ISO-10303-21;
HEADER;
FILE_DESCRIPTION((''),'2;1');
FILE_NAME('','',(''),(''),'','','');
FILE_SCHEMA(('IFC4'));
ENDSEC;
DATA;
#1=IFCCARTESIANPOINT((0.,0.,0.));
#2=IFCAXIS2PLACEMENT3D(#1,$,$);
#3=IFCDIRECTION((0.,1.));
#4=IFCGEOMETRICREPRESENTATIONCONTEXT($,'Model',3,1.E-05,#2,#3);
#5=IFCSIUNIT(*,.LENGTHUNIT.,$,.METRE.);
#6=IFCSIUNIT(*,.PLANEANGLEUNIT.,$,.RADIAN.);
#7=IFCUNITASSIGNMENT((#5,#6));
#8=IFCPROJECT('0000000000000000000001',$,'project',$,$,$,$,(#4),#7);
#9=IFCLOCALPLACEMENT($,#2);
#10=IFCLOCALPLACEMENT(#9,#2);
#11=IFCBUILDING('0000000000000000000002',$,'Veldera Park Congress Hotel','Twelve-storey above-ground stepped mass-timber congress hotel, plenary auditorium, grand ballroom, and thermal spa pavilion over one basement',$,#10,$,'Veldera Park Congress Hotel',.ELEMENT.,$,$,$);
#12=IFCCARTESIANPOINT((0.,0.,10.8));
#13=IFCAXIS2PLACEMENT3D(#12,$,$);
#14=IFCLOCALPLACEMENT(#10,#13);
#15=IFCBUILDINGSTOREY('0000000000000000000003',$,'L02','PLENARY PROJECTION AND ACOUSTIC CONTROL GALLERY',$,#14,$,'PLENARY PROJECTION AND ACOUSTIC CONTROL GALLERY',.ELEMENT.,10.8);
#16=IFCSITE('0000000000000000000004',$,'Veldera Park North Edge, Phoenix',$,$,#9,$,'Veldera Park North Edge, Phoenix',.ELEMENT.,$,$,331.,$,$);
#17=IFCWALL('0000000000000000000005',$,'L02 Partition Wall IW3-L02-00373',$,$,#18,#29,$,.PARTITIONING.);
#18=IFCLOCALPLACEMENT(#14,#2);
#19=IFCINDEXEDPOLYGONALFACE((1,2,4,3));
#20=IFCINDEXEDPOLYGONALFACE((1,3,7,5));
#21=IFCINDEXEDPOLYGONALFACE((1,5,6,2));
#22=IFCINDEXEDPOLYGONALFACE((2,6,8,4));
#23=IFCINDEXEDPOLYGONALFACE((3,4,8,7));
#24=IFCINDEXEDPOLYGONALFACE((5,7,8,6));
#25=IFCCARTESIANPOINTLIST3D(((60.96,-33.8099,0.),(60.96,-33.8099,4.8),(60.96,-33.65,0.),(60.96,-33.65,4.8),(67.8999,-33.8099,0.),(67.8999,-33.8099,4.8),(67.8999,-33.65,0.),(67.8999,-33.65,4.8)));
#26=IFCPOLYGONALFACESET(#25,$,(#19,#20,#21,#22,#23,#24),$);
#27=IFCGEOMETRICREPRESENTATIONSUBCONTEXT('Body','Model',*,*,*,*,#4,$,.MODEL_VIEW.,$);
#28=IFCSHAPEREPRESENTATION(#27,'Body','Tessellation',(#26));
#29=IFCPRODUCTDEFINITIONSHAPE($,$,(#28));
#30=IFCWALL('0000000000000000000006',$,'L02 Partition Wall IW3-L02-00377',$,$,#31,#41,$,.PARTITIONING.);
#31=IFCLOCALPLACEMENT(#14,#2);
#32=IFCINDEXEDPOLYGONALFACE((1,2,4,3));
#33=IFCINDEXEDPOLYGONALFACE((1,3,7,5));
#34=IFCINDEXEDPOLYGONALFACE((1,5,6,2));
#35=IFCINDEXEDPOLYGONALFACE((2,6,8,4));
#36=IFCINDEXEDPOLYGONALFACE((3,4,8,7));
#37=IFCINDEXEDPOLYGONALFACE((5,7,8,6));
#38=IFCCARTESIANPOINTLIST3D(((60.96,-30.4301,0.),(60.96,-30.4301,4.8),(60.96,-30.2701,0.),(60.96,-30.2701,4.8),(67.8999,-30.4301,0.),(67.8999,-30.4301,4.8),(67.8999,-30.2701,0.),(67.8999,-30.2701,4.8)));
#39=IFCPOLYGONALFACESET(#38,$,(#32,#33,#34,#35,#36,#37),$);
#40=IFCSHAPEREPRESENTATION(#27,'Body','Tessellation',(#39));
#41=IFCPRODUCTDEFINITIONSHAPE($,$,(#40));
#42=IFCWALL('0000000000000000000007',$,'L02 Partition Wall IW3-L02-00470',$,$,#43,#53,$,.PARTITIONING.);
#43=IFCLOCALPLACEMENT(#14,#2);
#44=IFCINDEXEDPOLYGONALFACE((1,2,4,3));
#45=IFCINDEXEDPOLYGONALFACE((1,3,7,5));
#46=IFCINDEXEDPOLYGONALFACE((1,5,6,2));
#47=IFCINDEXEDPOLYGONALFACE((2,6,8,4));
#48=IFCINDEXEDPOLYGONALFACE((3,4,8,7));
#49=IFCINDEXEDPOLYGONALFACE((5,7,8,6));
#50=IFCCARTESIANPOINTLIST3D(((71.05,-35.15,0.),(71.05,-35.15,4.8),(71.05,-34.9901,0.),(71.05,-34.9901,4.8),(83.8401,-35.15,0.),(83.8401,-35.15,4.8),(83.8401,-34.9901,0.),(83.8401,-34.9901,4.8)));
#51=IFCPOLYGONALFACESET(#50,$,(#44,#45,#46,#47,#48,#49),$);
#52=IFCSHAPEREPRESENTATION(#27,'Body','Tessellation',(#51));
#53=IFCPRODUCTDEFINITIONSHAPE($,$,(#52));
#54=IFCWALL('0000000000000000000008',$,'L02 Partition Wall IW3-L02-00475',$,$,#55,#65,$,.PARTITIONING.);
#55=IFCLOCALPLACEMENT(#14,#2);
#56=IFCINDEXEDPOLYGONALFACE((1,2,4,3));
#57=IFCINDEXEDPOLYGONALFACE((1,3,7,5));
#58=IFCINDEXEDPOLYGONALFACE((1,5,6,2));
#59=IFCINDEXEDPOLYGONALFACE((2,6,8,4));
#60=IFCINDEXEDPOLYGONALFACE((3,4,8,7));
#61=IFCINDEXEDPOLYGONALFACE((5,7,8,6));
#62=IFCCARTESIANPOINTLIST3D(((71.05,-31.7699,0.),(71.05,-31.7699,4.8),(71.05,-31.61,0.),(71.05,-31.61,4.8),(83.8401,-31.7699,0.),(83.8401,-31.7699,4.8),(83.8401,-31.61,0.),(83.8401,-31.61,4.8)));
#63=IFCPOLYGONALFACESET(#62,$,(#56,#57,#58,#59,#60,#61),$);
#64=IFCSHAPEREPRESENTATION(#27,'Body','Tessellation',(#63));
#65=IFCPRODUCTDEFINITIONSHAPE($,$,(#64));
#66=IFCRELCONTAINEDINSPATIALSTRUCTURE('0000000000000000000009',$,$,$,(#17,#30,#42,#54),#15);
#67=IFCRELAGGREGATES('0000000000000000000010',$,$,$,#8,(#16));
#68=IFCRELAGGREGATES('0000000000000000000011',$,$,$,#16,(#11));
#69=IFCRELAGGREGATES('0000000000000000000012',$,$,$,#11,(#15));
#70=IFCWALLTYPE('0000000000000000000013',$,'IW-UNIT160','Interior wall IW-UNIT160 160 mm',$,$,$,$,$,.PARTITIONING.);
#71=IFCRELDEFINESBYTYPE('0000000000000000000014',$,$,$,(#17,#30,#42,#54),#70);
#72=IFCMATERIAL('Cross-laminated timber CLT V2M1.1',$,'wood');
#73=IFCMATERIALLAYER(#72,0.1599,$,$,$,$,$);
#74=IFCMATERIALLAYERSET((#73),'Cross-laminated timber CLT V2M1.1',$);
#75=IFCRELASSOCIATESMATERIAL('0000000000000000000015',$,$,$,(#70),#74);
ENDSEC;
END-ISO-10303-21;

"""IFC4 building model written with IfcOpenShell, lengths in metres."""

from ifc_helpers import new_model, si_unit, direction, frame, frame_2d, origin, place, context, subcontext, project, spatial, rectangle, extrude, material, layer, layer_set, type_object, element, save


model = new_model("IFC4")

# Units and contexts
model_context = context("Model", 3, precision=1e-05, world=origin(), true_north=direction((0.0, 1.0)))
body_context = subcontext(model_context, "Body", "Model", "MODEL_VIEW")
ifc_project = project(units=[si_unit("LENGTHUNIT", "METRE"), si_unit("PLANEANGLEUNIT", "RADIAN")], contexts=[model_context])

# Site, building, storey
site_placement = place(None, origin())
site = spatial("IfcSite", under=ifc_project, at=site_placement, Name="Veldera Park North Edge, Phoenix", LongName="Veldera Park North Edge, Phoenix", CompositionType="ELEMENT", RefElevation=331.0)
building_placement = place(site_placement, origin())
building = spatial("IfcBuilding", under=site, at=building_placement, Name="Veldera Park Congress Hotel", Description="Twelve-storey above-ground stepped mass-timber congress hotel, plenary auditorium, grand ballroom, and thermal spa pavilion over one basement", LongName="Veldera Park Congress Hotel", CompositionType="ELEMENT")
storey_placement = place(building_placement, frame((0.0, 0.0, 10.8)))
storey = spatial("IfcBuildingStorey", under=building, at=storey_placement, Name="L02", Description="PLENARY PROJECTION AND ACOUSTIC CONTROL GALLERY", LongName="PLENARY PROJECTION AND ACOUSTIC CONTROL GALLERY", CompositionType="ELEMENT", Elevation=10.8)

# Shared definitions
ifc_material_1 = material(Name="Cross-laminated timber CLT V2M1.1", Category="wood")

# Walls
ifc_layer_1 = layer(ifc_material_1, 0.1599)
ifc_layer_set_1 = layer_set([ifc_layer_1], Name="Cross-laminated timber CLT V2M1.1")
wall_type_1 = type_object("IfcWallType", Name="IW-UNIT160", Description="Interior wall IW-UNIT160 160 mm", PredefinedType="PARTITIONING", material=ifc_layer_set_1)
for number, where, z_axis, x_axis, name in (
    (1, (60.96, -33.73, 0.0), (0.0, 0.0, 1.0), (1.0, 0.0, 0.0), "L02 Partition Wall IW3-L02-00373"),
    (2, (60.96, -30.3501, 0.0), (0.0, 0.0, 1.0), (1.0, 0.0, 0.0), "L02 Partition Wall IW3-L02-00377"),
):
    element("IfcWall", number, at=place(storey_placement, frame(where, z_axis=z_axis, x_axis=x_axis)), inside=storey, type_object=wall_type_1, Name=name, PredefinedType="PARTITIONING", context=body_context, shape_type="SweptSolid", body=[
        extrude(rectangle(XDim=6.9399, YDim=0.1599, at=frame_2d((3.47, 0.0))), origin(), (0.0, 0.0, 1.0), 4.8),
    ])
for number, where, z_axis, x_axis, name in (
    (3, (71.05, -35.0701, 0.0), (0.0, 0.0, 1.0), (1.0, 0.0, 0.0), "L02 Partition Wall IW3-L02-00470"),
    (4, (71.05, -31.6899, 0.0), (0.0, 0.0, 1.0), (1.0, 0.0, 0.0), "L02 Partition Wall IW3-L02-00475"),
):
    element("IfcWall", number, at=place(storey_placement, frame(where, z_axis=z_axis, x_axis=x_axis)), inside=storey, type_object=wall_type_1, Name=name, PredefinedType="PARTITIONING", context=body_context, shape_type="SweptSolid", body=[
        extrude(rectangle(XDim=12.79, YDim=0.1599, at=frame_2d((6.395, 0.0))), origin(), (0.0, 0.0, 1.0), 4.8),
    ])

save(model, "model.ifc")
